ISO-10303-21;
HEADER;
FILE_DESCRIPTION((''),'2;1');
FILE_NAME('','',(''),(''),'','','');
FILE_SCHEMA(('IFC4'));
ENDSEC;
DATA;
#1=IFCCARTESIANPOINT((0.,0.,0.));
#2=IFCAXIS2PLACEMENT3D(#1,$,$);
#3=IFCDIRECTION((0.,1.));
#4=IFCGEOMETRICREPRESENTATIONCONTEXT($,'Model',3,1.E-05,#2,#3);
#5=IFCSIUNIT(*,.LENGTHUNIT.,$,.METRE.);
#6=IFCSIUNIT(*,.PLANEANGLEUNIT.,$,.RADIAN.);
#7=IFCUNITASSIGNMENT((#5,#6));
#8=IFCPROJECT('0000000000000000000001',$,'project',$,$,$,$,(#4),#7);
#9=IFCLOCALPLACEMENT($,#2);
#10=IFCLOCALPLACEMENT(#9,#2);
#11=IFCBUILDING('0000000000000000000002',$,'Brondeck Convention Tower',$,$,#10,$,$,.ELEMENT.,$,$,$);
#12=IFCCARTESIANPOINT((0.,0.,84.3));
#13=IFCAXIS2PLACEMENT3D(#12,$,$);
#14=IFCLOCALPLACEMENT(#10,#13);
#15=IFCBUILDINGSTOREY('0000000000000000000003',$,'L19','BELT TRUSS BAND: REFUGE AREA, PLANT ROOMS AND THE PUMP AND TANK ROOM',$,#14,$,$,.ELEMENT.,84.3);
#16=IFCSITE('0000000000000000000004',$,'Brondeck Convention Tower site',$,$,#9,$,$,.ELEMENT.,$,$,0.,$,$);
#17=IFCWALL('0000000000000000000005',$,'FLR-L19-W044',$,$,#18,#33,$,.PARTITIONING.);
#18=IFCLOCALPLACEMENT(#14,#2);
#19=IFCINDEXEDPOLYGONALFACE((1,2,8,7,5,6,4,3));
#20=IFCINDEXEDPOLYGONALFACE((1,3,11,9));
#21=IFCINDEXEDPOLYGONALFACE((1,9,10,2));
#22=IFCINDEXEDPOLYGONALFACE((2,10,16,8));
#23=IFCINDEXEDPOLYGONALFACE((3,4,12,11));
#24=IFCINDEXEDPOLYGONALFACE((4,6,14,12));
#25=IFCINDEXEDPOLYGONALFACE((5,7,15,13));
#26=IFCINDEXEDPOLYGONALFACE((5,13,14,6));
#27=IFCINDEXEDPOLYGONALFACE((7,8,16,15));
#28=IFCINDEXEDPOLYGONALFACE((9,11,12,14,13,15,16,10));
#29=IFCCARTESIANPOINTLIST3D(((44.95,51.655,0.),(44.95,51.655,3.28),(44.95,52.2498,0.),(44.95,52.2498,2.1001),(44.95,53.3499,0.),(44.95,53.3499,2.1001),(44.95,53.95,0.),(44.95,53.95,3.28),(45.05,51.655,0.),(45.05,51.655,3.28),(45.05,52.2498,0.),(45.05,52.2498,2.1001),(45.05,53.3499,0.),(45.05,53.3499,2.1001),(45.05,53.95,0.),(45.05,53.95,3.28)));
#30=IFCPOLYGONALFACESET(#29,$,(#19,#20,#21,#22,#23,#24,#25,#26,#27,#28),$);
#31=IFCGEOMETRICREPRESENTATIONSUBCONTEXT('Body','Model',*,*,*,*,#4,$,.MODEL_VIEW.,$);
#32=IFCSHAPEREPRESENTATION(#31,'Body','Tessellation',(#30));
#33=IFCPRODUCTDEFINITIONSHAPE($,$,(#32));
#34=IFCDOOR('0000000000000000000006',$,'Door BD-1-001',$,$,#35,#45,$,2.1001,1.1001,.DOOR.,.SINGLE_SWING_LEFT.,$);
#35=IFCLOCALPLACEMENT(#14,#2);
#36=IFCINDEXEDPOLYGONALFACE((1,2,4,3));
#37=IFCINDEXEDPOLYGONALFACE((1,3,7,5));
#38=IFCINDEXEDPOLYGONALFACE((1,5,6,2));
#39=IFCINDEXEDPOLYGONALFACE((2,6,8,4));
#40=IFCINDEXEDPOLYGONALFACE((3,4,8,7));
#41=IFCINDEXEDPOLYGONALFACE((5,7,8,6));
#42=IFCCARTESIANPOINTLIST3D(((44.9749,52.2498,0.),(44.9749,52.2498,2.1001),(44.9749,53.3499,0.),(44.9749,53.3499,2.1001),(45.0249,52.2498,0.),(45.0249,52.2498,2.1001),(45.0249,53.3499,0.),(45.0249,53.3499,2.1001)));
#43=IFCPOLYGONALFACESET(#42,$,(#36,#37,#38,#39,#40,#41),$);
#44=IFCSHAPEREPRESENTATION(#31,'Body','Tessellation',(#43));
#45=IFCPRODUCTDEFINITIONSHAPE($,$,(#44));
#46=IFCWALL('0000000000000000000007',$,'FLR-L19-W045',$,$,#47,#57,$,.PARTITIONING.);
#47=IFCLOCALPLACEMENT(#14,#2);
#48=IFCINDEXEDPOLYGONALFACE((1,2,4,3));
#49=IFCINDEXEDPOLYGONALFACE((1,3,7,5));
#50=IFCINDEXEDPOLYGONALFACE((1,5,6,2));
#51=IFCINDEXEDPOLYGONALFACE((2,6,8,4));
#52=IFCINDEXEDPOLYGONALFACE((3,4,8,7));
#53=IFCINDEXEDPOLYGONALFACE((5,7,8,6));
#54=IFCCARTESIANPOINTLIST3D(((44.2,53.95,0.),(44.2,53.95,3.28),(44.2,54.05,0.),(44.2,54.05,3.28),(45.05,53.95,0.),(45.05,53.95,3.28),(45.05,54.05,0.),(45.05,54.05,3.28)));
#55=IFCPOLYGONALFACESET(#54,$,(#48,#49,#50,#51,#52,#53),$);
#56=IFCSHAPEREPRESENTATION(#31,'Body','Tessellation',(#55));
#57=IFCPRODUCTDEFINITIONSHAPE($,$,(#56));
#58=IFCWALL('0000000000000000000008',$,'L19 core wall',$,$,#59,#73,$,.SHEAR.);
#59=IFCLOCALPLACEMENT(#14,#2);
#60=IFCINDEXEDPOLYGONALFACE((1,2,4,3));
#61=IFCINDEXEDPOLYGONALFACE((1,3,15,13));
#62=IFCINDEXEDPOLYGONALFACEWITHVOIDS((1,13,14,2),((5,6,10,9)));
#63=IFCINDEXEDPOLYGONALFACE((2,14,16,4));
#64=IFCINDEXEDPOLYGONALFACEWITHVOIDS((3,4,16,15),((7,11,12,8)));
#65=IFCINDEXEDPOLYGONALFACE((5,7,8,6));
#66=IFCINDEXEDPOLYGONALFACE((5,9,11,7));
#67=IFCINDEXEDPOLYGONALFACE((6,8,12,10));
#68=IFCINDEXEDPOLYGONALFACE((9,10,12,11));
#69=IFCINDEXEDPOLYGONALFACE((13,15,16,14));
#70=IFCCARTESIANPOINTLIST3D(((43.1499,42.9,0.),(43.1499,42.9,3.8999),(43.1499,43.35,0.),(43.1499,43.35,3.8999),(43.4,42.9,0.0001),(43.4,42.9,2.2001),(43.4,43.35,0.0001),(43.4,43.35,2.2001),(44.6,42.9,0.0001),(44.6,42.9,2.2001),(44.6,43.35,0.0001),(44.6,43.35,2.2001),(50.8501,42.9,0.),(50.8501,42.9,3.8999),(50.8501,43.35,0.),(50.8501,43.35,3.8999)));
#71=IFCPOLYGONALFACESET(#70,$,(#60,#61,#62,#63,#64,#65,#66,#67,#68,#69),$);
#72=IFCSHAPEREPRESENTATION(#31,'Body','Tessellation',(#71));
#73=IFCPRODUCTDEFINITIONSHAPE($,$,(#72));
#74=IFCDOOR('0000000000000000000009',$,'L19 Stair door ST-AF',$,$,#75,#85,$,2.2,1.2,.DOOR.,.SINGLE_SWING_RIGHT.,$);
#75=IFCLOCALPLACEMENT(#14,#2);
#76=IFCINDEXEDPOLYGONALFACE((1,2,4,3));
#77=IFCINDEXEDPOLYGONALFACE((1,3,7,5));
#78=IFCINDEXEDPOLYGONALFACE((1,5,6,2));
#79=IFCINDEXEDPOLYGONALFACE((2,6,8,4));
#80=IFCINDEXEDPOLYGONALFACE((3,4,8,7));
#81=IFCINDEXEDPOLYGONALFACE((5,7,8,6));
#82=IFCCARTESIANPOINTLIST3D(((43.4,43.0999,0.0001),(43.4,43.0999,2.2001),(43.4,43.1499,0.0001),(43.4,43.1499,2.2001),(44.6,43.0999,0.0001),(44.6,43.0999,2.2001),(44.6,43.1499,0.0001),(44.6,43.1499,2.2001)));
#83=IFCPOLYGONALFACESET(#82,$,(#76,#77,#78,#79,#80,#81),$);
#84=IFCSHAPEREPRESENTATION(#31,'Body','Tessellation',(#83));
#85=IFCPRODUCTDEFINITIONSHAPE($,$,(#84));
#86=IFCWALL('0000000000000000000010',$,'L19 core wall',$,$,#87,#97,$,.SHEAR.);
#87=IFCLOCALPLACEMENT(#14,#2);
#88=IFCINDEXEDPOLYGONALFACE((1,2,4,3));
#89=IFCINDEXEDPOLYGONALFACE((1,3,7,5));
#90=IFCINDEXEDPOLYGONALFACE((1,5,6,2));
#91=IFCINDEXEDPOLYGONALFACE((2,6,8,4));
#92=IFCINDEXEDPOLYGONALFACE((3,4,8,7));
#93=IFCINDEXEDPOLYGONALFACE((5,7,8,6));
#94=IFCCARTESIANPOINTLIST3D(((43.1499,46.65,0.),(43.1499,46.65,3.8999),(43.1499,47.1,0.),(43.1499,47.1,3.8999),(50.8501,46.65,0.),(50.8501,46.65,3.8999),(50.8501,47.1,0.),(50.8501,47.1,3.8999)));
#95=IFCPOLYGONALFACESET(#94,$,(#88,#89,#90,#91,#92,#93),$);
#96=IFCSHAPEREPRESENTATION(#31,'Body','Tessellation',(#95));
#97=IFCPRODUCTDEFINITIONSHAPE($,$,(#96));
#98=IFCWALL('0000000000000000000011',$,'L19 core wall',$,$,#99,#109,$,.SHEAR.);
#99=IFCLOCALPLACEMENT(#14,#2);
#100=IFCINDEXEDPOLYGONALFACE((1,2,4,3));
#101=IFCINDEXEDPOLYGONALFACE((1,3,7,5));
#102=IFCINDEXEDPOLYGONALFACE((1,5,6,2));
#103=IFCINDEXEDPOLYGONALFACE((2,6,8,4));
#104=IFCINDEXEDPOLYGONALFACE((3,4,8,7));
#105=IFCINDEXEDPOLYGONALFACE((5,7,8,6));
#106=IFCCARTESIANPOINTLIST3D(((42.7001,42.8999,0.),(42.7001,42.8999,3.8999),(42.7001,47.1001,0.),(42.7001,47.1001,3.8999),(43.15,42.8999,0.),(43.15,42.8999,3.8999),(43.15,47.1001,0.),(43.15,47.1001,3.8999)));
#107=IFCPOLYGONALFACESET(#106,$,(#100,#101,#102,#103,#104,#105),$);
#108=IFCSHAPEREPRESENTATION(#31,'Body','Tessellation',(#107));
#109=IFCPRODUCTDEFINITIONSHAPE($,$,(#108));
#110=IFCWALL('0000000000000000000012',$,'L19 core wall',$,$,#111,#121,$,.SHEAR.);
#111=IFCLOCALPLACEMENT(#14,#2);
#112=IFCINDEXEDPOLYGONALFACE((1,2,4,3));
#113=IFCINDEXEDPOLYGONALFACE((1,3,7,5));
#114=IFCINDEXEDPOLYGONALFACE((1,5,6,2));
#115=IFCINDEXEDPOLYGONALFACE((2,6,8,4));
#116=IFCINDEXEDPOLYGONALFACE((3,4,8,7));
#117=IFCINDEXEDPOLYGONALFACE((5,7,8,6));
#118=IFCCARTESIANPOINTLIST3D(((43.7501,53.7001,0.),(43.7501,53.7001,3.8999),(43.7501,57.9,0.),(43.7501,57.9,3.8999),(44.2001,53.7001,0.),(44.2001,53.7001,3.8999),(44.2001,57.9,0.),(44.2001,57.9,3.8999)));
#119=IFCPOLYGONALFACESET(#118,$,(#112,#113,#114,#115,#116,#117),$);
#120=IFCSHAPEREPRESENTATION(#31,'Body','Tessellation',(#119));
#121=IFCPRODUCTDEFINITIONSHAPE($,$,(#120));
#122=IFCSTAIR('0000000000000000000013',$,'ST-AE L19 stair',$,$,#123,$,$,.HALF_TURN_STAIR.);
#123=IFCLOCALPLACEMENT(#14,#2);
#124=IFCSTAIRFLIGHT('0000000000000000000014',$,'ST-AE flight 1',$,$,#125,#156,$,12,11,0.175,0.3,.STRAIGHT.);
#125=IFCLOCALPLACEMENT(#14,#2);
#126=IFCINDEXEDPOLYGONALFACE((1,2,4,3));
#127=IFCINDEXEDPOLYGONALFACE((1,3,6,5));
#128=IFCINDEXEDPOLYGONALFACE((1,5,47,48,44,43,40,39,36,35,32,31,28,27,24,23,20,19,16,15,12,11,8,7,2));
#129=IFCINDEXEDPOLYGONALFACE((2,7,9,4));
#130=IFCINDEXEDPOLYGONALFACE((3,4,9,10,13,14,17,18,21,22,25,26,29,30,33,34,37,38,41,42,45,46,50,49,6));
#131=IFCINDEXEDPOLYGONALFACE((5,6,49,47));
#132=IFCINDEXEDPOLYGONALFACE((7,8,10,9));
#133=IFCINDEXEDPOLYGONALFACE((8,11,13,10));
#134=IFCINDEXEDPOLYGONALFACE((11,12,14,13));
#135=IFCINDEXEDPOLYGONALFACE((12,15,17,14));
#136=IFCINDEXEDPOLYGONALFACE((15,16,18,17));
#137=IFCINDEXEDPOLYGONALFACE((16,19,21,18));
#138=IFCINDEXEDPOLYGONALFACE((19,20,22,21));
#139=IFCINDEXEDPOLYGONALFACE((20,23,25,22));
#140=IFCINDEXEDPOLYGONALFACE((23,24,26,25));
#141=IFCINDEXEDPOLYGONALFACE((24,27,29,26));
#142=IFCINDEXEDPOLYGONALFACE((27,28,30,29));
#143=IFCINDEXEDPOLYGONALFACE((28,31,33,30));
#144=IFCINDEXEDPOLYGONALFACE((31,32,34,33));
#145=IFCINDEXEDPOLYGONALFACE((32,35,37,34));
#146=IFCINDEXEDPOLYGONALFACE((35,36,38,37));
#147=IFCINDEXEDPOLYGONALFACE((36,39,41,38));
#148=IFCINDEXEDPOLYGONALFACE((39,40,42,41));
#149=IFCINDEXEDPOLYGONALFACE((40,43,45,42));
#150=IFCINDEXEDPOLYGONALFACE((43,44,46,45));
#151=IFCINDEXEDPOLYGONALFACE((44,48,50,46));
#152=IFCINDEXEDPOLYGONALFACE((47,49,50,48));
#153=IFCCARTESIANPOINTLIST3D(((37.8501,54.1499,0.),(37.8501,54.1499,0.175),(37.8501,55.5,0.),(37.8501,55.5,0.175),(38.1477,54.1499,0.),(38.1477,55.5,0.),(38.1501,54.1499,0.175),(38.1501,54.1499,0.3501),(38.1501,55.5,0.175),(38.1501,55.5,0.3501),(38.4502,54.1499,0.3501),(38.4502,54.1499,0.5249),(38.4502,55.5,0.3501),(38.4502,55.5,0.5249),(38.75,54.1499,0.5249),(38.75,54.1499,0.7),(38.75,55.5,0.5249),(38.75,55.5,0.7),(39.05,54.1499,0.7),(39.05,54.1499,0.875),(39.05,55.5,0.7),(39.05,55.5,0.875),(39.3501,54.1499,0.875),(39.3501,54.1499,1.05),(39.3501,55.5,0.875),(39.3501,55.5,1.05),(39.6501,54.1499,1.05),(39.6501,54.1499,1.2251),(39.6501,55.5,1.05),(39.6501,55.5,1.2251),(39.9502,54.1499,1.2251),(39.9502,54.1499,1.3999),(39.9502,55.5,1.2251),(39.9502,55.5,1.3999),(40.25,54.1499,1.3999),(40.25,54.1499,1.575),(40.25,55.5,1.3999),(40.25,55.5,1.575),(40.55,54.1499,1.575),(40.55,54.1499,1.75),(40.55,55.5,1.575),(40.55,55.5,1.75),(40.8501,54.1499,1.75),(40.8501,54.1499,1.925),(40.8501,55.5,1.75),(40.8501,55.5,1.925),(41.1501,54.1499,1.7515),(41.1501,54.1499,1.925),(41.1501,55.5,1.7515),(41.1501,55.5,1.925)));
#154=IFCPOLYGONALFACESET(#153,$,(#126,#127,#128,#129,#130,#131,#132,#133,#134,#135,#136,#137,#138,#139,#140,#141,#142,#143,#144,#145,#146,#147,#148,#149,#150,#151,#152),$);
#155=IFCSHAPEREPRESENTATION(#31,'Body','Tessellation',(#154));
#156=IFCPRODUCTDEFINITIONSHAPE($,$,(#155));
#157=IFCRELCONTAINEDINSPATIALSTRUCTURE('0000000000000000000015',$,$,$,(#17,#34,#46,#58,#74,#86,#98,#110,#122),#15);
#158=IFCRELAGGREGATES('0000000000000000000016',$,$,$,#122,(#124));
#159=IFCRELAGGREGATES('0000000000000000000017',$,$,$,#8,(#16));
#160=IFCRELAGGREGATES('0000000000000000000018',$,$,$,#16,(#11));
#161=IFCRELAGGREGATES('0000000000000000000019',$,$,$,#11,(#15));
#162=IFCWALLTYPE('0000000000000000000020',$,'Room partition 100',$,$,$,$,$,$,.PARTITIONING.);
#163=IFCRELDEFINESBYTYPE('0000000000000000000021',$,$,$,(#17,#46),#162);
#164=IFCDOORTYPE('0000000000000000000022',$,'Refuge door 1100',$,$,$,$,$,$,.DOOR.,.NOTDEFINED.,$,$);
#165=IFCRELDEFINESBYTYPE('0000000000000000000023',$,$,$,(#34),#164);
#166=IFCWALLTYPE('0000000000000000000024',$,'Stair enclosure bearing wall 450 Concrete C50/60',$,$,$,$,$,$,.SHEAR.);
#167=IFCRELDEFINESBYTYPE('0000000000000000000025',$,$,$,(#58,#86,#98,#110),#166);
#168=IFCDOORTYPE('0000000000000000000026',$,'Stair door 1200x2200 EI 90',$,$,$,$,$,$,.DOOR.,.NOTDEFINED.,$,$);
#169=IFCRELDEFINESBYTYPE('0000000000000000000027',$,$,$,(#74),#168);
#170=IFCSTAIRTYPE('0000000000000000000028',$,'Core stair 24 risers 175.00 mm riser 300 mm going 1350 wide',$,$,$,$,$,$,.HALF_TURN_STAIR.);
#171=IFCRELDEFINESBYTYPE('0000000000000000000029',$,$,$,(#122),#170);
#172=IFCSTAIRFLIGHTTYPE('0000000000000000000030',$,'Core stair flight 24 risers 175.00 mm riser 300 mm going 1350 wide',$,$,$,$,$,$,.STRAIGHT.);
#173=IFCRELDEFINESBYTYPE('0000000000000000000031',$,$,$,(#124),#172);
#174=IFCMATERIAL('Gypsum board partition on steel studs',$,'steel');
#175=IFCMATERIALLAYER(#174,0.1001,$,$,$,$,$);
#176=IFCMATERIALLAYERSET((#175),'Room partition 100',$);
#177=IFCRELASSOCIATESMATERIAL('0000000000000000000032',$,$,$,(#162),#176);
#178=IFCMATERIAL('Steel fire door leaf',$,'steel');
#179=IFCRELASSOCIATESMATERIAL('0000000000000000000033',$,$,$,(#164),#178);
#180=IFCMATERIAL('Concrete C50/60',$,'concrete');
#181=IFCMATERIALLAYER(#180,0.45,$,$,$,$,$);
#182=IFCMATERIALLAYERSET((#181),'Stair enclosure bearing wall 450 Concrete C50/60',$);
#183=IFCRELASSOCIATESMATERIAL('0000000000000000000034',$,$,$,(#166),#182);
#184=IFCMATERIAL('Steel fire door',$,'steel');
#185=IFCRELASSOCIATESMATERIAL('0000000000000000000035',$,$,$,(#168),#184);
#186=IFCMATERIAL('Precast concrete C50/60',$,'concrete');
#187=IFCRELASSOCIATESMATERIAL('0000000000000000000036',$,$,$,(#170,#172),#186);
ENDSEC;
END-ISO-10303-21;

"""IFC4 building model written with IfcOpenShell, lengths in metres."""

from ifc_helpers import new_model, si_unit, direction, frame, frame_2d, origin, place, context, subcontext, project, spatial, polyline, rectangle, outline, extrude, material, layer, layer_set, type_object, element, fill, aggregate, save


model = new_model("IFC4")

# Units and contexts
model_context = context("Model", 3, precision=1e-05, world=origin(), true_north=direction((0.0, 1.0)))
body_context = subcontext(model_context, "Body", "Model", "MODEL_VIEW")
ifc_project = project(units=[si_unit("LENGTHUNIT", "METRE"), si_unit("PLANEANGLEUNIT", "RADIAN")], contexts=[model_context])

# Site, building, storey
site_placement = place(None, origin())
site = spatial("IfcSite", under=ifc_project, at=site_placement, Name="Brondeck Convention Tower site", CompositionType="ELEMENT", RefElevation=0.0)
building_placement = place(site_placement, origin())
building = spatial("IfcBuilding", under=site, at=building_placement, Name="Brondeck Convention Tower", CompositionType="ELEMENT")
storey_placement = place(building_placement, frame((0.0, 0.0, 84.3)))
storey = spatial("IfcBuildingStorey", under=building, at=storey_placement, Name="L19", Description="BELT TRUSS BAND: REFUGE AREA, PLANT ROOMS AND THE PUMP AND TANK ROOM", CompositionType="ELEMENT", Elevation=84.3)

# Shared definitions
ifc_material_1 = material(Name="Gypsum board partition on steel studs", Category="steel")
ifc_layer_1 = layer(ifc_material_1, 0.1001)
ifc_layer_set_1 = layer_set([ifc_layer_1], Name="Room partition 100")
wall_type_1 = type_object("IfcWallType", Name="Room partition 100", PredefinedType="PARTITIONING", material=ifc_layer_set_1)

# Wall, opening, door
wall_1_placement = place(storey_placement, frame((45.0, 53.95, 0.0), z_axis=(0.0, 0.0, 1.0), x_axis=(0.0, -1.0, 0.0)))
wall_1 = element("IfcWall", 1, at=wall_1_placement, inside=storey, type_object=wall_type_1, Name="FLR-L19-W044", PredefinedType="PARTITIONING", context=body_context, shape_type="SweptSolid", body=[
    extrude(rectangle(XDim=2.2949, YDim=0.1001, at=frame_2d((1.1475, 0.0))), origin(), (0.0, 0.0, 1.0), 3.28),
])
opening_1_placement = place(wall_1_placement, frame((0.6001, 0.0, 0.0)))
opening_1 = element("IfcOpeningElement", 2, at=opening_1_placement, cuts=wall_1, PredefinedType="OPENING", context=body_context, shape_type="SweptSolid", body=[
    extrude(rectangle(XDim=1.1001, YDim=2.1001, at=frame_2d((0.55, 1.05))), frame((0.0, 0.0601, 0.0), z_axis=(0.0, -1.0, 0.0), x_axis=(1.0, 0.0, 0.0)), (0.0, 0.0, 1.0), 0.1201),
])
ifc_material_2 = material(Name="Steel fire door leaf", Category="steel")
door_type_1 = type_object("IfcDoorType", Name="Refuge door 1100", OperationType="NOTDEFINED", PredefinedType="DOOR", material=ifc_material_2)
door_1_placement = place(opening_1_placement, origin())
door_1 = element("IfcDoor", 3, at=door_1_placement, inside=storey, type_object=door_type_1, Name="Door BD-1-001", OperationType="SINGLE_SWING_LEFT", OverallHeight=2.1001, OverallWidth=1.1001, PredefinedType="DOOR", context=body_context, shape_type="SweptSolid", body=[
    extrude(rectangle(XDim=1.1001, YDim=2.1001, at=frame_2d((0.55, 1.05))), frame((0.0, 0.0249, 0.0), z_axis=(0.0, -1.0, 0.0), x_axis=(1.0, 0.0, 0.0)), (0.0, 0.0, 1.0), 0.05),
])
fill(opening_1, door_1)

# Wall
wall_2_placement = place(storey_placement, frame((44.2, 54.0, 0.0), z_axis=(0.0, 0.0, 1.0), x_axis=(1.0, 0.0, 0.0)))
element("IfcWall", 4, at=wall_2_placement, inside=storey, type_object=wall_type_1, Name="FLR-L19-W045", PredefinedType="PARTITIONING", context=body_context, shape_type="SweptSolid", body=[
    extrude(rectangle(XDim=0.8501, YDim=0.1001, at=frame_2d((0.425, 0.0))), origin(), (0.0, 0.0, 1.0), 3.28),
])

# Wall, opening, door
ifc_material_3 = material(Name="Concrete C50/60", Category="concrete")
ifc_layer_2 = layer(ifc_material_3, 0.45)
ifc_layer_set_2 = layer_set([ifc_layer_2], Name="Stair enclosure bearing wall 450 Concrete C50/60")
wall_type_2 = type_object("IfcWallType", Name="Stair enclosure bearing wall 450 Concrete C50/60", PredefinedType="SHEAR", material=ifc_layer_set_2)
wall_3_placement = place(storey_placement, frame((43.1499, 43.125, 0.0), z_axis=(0.0, 0.0, 1.0), x_axis=(1.0, 0.0, 0.0)))
wall_3 = element("IfcWall", 5, at=wall_3_placement, inside=storey, type_object=wall_type_2, Name="L19 core wall", PredefinedType="SHEAR", context=body_context, shape_type="SweptSolid", body=[
    extrude(rectangle(XDim=7.7002, YDim=0.45, at=frame_2d((3.8501, 0.0))), origin(), (0.0, 0.0, 1.0), 3.8999),
])
opening_2_placement = place(wall_3_placement, frame((0.25, 0.0, 0.0)))
opening_2 = element("IfcOpeningElement", 6, at=opening_2_placement, cuts=wall_3, PredefinedType="OPENING", context=body_context, shape_type="SweptSolid", body=[
    extrude(rectangle(XDim=1.2, YDim=2.2, at=frame_2d((0.6001, 1.1001))), frame((0.0, 0.2349, 0.0), z_axis=(0.0, -1.0, 0.0), x_axis=(1.0, 0.0, 0.0)), (0.0, 0.0, 1.0), 0.47),
])
ifc_material_4 = material(Name="Steel fire door", Category="steel")
door_type_2 = type_object("IfcDoorType", Name="Stair door 1200x2200 EI 90", OperationType="NOTDEFINED", PredefinedType="DOOR", material=ifc_material_4)
door_2_placement = place(opening_2_placement, origin())
door_2 = element("IfcDoor", 7, at=door_2_placement, inside=storey, type_object=door_type_2, Name="L19 Stair door ST-AF", OperationType="SINGLE_SWING_RIGHT", OverallHeight=2.2, OverallWidth=1.2, PredefinedType="DOOR", context=body_context, shape_type="SweptSolid", body=[
    extrude(rectangle(XDim=1.2, YDim=2.2, at=frame_2d((0.6001, 1.1001))), frame((0.0, 0.0249, 0.0), z_axis=(0.0, -1.0, 0.0), x_axis=(1.0, 0.0, 0.0)), (0.0, 0.0, 1.0), 0.05),
])
fill(opening_2, door_2)

# Walls
wall_4_placement = place(storey_placement, frame((43.1499, 46.875, 0.0), z_axis=(0.0, 0.0, 1.0), x_axis=(1.0, 0.0, 0.0)))
element("IfcWall", 8, at=wall_4_placement, inside=storey, type_object=wall_type_2, Name="L19 core wall", PredefinedType="SHEAR", context=body_context, shape_type="SweptSolid", body=[
    extrude(rectangle(XDim=7.7002, YDim=0.45, at=frame_2d((3.8501, 0.0))), origin(), (0.0, 0.0, 1.0), 3.8999),
])
wall_5_placement = place(storey_placement, frame((42.925, 42.8999, 0.0), z_axis=(0.0, 0.0, 1.0), x_axis=(0.0, 1.0, 0.0)))
element("IfcWall", 9, at=wall_5_placement, inside=storey, type_object=wall_type_2, Name="L19 core wall", PredefinedType="SHEAR", context=body_context, shape_type="SweptSolid", body=[
    extrude(rectangle(XDim=4.2002, YDim=0.45, at=frame_2d((2.1001, 0.0))), origin(), (0.0, 0.0, 1.0), 3.8999),
])
wall_6_placement = place(storey_placement, frame((43.9751, 53.7, 0.0), z_axis=(0.0, 0.0, 1.0), x_axis=(0.0, 1.0, 0.0)))
element("IfcWall", 10, at=wall_6_placement, inside=storey, type_object=wall_type_2, Name="L19 core wall", PredefinedType="SHEAR", context=body_context, shape_type="SweptSolid", body=[
    extrude(rectangle(XDim=4.2, YDim=0.45, at=frame_2d((2.1001, 0.0))), origin(), (0.0, 0.0, 1.0), 3.8999),
])

# Stair, stair flight
ifc_material_5 = material(Name="Precast concrete C50/60", Category="concrete")
stair_type = type_object("IfcStairType", Name="Core stair 24 risers 175.00 mm riser 300 mm going 1350 wide", PredefinedType="HALF_TURN_STAIR", material=ifc_material_5)
stair_1_placement = place(storey_placement, origin())
stair_1 = element("IfcStair", 11, at=stair_1_placement, inside=storey, type_object=stair_type, Name="ST-AE L19 stair", PredefinedType="HALF_TURN_STAIR")
stair_flight_type = type_object("IfcStairFlightType", Name="Core stair flight 24 risers 175.00 mm riser 300 mm going 1350 wide", PredefinedType="STRAIGHT", material=ifc_material_5)
stair_flight_1_placement = place(storey_placement, frame((37.8501, 54.825, 0.0), z_axis=(0.0, 0.0, 1.0), x_axis=(1.0, 0.0, 0.0)))
stair_flight_1 = element("IfcStairFlight", 12, at=stair_flight_1_placement, type_object=stair_flight_type, Name="ST-AE flight 1", NumberOfRisers=12, NumberOfTreads=11, PredefinedType="STRAIGHT", RiserHeight=0.175, TreadLength=0.3, context=body_context, shape_type="SweptSolid", body=[
    extrude(outline(polyline([(0.0, 0.0), (0.0, 0.175), (0.3, 0.175), (0.3, 0.3501), (0.6001, 0.3501), (0.6001, 0.5249), (0.8999, 0.5249), (0.8999, 0.7), (1.2, 0.7), (1.2, 0.875), (1.5, 0.875), (1.5, 1.05), (1.8, 1.05), (1.8, 1.2251), (2.1001, 1.2251), (2.1001, 1.3999), (2.3999, 1.3999), (2.3999, 1.575), (2.7, 1.575), (2.7, 1.75), (3.0, 1.75), (3.0, 1.925), (3.3, 1.925), (3.3, 2.1001), (3.3, 1.7515), (0.2976, 0.0), (0.0, 0.0)])), frame((0.0, 0.675, 0.0), z_axis=(0.0, -1.0, 0.0), x_axis=(1.0, 0.0, 0.0)), (0.0, 0.0, 1.0), 1.3501),
])
aggregate(stair_1, [stair_flight_1])

save(model, "model.ifc")
